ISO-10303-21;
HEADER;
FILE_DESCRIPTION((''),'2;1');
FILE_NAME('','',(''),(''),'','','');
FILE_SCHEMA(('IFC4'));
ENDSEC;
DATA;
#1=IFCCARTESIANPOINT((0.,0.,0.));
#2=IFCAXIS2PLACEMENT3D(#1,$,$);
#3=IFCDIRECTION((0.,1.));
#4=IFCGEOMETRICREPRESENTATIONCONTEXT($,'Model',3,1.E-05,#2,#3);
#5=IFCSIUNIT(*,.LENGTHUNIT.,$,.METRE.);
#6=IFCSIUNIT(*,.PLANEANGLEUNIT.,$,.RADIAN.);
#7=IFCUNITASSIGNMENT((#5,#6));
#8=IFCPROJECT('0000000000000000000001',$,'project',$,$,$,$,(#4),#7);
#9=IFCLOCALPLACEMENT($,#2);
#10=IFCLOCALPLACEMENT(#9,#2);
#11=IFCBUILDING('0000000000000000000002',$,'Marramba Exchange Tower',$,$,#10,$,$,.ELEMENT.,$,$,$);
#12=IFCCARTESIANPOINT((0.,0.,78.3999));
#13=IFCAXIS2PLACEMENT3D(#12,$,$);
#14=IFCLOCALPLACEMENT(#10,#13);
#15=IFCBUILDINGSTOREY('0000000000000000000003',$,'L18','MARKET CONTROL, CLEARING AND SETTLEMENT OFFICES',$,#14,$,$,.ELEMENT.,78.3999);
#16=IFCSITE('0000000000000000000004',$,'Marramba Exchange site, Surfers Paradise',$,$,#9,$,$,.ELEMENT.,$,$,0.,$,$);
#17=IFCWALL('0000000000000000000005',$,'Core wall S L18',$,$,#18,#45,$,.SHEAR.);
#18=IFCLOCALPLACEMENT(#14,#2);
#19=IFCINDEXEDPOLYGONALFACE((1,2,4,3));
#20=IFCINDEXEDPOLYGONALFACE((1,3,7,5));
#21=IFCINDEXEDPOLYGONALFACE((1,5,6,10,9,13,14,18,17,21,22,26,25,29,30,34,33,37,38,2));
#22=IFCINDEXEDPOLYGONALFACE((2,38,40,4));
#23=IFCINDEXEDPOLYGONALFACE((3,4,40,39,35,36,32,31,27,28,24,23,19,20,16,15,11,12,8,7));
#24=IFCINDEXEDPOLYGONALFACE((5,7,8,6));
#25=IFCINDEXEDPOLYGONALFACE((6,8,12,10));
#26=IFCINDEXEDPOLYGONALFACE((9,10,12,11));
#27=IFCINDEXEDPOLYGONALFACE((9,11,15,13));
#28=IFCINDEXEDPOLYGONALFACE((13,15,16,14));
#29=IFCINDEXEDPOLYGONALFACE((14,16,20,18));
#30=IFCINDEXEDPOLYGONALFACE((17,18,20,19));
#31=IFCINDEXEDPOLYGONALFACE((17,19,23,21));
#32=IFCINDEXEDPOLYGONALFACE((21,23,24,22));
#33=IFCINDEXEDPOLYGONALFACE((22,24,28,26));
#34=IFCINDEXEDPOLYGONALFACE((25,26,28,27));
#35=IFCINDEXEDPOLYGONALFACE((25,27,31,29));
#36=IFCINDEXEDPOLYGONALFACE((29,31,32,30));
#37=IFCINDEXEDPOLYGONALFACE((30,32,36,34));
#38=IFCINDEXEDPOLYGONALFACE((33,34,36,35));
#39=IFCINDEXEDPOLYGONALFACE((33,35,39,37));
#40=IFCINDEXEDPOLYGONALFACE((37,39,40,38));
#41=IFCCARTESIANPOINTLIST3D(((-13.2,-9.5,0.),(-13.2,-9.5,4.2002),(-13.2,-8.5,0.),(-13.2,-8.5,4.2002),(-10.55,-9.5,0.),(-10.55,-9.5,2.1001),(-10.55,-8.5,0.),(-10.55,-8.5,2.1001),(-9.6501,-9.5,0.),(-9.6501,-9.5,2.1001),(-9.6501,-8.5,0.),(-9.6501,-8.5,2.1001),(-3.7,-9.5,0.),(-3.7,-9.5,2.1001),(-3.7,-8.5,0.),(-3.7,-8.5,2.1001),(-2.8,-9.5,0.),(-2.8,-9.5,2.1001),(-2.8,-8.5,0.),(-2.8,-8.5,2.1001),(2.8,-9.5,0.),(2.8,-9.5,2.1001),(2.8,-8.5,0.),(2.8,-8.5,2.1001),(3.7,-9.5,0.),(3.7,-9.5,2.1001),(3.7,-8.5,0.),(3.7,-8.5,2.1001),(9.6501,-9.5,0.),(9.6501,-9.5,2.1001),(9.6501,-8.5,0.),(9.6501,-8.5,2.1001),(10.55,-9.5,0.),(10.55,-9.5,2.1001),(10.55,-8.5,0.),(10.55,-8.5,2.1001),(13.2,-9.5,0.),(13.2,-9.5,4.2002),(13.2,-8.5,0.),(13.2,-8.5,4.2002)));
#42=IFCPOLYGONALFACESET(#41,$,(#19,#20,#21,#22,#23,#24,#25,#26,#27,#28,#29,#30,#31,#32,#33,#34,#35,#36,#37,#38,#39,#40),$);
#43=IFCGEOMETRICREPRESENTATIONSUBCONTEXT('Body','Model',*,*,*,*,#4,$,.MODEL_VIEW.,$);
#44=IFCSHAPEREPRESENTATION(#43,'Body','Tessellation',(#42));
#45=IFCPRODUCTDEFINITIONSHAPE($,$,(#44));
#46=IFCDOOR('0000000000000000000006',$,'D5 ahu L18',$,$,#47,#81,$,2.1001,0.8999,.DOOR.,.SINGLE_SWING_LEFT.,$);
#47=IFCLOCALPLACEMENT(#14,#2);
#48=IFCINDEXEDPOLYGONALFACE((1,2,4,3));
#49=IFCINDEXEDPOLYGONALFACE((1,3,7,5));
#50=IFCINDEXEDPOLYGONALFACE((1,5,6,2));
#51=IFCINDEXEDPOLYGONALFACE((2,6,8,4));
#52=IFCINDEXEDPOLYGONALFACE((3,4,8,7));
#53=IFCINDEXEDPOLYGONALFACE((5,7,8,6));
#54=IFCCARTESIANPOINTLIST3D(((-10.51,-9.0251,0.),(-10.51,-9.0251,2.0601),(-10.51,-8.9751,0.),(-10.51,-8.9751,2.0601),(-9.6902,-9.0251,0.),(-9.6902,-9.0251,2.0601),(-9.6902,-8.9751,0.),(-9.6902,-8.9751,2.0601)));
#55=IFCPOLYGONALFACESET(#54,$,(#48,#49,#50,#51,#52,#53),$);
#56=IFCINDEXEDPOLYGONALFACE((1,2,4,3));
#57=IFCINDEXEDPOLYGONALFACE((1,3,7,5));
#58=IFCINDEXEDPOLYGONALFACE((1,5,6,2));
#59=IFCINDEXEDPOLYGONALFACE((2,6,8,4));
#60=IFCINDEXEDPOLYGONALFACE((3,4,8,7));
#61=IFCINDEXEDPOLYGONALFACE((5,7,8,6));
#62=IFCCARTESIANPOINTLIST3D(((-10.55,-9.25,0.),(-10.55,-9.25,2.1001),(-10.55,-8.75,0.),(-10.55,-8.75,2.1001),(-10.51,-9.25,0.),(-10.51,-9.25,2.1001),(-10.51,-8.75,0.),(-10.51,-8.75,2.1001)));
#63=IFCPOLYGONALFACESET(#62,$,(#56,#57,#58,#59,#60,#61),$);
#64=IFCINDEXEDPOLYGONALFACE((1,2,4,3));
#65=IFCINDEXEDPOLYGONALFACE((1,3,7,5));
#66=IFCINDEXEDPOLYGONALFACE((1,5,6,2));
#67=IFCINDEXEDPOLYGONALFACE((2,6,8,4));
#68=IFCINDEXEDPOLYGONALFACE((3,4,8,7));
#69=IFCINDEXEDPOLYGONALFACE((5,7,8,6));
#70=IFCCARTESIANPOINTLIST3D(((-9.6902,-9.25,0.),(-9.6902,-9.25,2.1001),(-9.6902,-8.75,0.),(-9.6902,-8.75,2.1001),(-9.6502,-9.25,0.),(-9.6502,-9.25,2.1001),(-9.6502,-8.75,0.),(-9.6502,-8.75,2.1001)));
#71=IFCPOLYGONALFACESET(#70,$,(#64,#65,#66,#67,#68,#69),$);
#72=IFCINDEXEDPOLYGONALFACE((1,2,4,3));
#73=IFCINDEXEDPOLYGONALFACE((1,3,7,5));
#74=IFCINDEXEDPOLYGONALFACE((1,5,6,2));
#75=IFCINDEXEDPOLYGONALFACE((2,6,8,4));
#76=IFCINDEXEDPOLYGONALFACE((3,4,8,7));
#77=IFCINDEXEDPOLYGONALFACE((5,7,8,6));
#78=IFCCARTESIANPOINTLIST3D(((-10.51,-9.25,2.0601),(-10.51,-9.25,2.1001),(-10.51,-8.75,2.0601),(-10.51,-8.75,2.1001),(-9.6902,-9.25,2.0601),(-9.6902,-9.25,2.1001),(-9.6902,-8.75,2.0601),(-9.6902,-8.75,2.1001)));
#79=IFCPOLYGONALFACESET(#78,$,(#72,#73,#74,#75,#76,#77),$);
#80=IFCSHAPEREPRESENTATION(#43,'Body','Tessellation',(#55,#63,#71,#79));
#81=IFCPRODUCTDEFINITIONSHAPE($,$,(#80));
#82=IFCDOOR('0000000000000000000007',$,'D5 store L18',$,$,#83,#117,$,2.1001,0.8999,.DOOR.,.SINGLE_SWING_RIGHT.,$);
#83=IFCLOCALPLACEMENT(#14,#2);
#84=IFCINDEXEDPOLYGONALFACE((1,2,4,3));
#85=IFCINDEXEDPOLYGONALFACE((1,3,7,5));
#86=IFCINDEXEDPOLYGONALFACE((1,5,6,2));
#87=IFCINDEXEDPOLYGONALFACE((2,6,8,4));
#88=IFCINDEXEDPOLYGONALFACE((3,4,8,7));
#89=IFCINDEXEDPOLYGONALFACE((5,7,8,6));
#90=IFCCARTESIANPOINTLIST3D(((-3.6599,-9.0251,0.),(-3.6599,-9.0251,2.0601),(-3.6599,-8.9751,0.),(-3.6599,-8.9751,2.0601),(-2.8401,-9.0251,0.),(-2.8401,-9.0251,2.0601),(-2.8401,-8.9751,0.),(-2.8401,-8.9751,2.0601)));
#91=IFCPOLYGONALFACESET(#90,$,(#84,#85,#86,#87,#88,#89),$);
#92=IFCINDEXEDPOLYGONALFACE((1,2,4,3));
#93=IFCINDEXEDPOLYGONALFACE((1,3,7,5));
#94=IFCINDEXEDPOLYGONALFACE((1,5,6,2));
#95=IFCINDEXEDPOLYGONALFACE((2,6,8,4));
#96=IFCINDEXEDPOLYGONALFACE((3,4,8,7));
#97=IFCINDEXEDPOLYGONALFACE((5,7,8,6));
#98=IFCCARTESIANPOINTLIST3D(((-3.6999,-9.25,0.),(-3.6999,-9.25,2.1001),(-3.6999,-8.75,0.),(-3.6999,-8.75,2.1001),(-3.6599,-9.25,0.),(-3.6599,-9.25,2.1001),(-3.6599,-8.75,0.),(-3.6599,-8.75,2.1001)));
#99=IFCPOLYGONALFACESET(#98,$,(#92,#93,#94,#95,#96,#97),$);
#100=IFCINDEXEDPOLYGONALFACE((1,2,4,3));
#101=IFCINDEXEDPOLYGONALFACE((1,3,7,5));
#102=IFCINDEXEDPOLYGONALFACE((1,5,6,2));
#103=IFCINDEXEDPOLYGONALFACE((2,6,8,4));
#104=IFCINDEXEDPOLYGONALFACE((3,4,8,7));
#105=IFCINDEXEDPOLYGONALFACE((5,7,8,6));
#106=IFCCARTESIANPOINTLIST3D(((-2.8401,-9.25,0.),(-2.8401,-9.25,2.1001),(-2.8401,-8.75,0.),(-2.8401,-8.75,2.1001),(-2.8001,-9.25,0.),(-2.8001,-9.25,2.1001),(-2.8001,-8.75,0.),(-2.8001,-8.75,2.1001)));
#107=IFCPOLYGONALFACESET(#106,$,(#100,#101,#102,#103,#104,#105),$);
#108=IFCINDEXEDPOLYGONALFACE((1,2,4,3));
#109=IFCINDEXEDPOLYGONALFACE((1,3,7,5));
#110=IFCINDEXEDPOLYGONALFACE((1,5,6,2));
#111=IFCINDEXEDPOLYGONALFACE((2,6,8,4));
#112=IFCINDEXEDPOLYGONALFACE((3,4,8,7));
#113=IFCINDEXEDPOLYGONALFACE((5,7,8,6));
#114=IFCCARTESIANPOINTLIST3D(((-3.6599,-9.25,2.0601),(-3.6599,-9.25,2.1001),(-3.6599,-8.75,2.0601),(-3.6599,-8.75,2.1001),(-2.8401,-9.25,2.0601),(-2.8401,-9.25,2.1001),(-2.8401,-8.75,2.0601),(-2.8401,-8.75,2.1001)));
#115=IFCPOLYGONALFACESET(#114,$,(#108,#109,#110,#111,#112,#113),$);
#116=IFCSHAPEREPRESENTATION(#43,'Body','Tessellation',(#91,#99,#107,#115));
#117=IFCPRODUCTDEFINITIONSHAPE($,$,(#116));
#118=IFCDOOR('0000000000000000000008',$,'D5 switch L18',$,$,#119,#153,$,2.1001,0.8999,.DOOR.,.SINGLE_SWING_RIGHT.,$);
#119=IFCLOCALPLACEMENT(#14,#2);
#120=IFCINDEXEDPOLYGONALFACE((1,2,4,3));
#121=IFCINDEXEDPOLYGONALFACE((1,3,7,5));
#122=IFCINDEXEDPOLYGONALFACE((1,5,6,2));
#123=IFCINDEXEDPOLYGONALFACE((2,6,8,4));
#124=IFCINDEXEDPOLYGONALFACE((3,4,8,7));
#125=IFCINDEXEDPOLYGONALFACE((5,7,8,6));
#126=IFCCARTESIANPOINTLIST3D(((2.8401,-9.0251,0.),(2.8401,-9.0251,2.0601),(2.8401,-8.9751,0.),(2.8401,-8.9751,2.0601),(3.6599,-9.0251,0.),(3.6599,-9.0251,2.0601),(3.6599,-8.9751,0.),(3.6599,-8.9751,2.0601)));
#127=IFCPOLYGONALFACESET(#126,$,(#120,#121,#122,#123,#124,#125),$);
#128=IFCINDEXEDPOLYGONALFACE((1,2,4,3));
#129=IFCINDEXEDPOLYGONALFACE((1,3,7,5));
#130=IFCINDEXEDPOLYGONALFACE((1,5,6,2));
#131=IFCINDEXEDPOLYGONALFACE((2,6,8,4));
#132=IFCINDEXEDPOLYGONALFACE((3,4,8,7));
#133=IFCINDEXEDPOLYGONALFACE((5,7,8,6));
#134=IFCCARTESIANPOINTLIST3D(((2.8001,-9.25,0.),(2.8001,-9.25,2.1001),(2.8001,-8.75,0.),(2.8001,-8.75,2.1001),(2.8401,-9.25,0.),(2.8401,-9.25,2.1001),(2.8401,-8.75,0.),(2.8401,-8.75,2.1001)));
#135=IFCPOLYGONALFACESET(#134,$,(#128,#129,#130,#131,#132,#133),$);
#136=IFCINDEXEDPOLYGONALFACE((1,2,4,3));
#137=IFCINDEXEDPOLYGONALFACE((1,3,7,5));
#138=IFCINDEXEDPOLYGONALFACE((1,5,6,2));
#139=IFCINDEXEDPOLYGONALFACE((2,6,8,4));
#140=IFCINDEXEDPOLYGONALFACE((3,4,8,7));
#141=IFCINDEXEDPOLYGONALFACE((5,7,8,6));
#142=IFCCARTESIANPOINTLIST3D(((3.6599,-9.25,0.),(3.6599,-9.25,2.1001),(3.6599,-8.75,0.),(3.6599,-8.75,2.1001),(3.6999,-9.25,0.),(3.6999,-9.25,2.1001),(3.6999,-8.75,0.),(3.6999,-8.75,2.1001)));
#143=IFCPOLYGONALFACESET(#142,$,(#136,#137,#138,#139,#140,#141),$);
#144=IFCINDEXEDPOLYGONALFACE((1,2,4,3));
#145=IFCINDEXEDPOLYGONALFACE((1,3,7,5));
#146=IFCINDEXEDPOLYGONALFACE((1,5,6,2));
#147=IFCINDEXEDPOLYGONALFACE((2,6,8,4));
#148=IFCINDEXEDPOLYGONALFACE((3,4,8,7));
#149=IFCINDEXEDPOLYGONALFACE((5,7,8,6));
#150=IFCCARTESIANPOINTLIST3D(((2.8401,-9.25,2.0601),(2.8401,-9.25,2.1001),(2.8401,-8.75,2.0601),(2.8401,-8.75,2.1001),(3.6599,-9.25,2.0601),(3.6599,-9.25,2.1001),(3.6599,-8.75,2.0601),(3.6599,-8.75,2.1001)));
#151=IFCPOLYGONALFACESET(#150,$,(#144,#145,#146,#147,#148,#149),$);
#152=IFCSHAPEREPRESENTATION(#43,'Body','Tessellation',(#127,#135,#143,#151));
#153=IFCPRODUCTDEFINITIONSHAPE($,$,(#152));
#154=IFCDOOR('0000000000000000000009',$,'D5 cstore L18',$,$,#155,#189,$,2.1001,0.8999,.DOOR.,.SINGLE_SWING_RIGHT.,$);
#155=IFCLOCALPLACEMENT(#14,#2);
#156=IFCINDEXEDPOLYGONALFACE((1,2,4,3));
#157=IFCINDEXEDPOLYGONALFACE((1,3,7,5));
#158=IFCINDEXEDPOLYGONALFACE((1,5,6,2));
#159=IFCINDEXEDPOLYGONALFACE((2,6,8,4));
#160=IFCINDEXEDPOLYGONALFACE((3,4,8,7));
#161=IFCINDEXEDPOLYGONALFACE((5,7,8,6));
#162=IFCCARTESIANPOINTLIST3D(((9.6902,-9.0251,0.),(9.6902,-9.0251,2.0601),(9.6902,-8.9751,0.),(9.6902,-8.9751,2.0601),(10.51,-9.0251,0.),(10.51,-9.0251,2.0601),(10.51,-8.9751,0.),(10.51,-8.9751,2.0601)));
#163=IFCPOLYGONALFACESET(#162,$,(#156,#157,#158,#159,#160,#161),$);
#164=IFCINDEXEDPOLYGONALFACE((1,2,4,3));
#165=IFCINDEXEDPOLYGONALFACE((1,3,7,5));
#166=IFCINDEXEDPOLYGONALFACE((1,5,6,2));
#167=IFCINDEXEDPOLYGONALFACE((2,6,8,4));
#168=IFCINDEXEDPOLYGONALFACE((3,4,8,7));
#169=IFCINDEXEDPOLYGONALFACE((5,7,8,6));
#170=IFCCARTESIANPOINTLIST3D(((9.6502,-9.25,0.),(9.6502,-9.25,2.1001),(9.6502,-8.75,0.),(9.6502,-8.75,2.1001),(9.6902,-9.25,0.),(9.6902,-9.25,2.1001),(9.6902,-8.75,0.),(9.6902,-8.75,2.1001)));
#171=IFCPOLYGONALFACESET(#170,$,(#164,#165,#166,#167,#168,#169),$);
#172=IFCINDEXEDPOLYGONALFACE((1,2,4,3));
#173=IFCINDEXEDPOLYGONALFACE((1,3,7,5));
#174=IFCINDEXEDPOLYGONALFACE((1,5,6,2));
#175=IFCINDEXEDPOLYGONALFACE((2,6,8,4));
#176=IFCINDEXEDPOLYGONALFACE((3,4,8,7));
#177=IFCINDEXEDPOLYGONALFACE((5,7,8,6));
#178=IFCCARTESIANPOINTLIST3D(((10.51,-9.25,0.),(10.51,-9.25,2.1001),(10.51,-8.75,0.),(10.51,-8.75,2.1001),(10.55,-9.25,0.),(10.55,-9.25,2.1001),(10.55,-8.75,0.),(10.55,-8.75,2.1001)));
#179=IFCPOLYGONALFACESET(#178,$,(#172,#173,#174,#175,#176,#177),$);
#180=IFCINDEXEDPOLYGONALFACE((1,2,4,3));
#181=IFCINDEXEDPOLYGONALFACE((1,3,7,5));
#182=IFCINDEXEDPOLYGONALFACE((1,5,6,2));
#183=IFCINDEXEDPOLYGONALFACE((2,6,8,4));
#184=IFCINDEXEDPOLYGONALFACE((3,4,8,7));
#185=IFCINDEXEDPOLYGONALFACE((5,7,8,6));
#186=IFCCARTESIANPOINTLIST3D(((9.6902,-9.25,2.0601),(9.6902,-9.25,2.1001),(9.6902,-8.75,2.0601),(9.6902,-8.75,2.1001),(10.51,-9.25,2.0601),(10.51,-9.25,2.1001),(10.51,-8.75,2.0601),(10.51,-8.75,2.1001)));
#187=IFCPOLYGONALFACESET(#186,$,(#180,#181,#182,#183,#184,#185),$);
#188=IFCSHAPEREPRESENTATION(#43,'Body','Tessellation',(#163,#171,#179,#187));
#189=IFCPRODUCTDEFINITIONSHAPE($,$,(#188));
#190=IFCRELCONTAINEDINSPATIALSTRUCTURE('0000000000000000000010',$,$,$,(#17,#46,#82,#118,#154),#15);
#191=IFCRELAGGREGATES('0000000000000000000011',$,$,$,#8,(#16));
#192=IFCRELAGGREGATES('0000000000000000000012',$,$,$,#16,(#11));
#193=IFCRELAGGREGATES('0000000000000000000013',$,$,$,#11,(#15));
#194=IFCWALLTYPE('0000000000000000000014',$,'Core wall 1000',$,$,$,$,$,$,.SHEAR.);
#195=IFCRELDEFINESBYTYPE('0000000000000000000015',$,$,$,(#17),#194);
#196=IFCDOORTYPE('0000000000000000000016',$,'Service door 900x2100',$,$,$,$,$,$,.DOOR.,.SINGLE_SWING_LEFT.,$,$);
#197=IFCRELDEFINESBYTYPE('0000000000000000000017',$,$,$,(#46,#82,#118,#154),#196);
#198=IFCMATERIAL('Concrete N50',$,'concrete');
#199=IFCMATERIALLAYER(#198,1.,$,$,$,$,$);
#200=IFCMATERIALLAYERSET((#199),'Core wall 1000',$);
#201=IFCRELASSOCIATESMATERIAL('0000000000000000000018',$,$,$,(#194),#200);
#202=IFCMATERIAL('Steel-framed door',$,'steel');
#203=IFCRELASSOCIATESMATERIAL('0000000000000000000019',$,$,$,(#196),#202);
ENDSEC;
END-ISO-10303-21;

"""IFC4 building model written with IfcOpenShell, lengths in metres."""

from ifc_helpers import new_model, si_unit, direction, frame, frame_2d, origin, place, context, subcontext, project, spatial, rectangle, extrude, material, layer, layer_set, type_object, element, fill, save


model = new_model("IFC4")

# Units and contexts
model_context = context("Model", 3, precision=1e-05, world=origin(), true_north=direction((0.0, 1.0)))
body_context = subcontext(model_context, "Body", "Model", "MODEL_VIEW")
ifc_project = project(units=[si_unit("LENGTHUNIT", "METRE"), si_unit("PLANEANGLEUNIT", "RADIAN")], contexts=[model_context])

# Site, building, storey
site_placement = place(None, origin())
site = spatial("IfcSite", under=ifc_project, at=site_placement, Name="Marramba Exchange site, Surfers Paradise", CompositionType="ELEMENT", RefElevation=0.0)
building_placement = place(site_placement, origin())
building = spatial("IfcBuilding", under=site, at=building_placement, Name="Marramba Exchange Tower", CompositionType="ELEMENT")
storey_placement = place(building_placement, frame((0.0, 0.0, 78.3999)))
storey = spatial("IfcBuildingStorey", under=building, at=storey_placement, Name="L18", Description="MARKET CONTROL, CLEARING AND SETTLEMENT OFFICES", CompositionType="ELEMENT", Elevation=78.3999)

# Shared definitions
ifc_material_1 = material(Name="Concrete N50", Category="concrete")

# Wall, openings, doors
ifc_layer_1 = layer(ifc_material_1, 1.0)
ifc_layer_set_1 = layer_set([ifc_layer_1], Name="Core wall 1000")
wall_type_1 = type_object("IfcWallType", Name="Core wall 1000", PredefinedType="SHEAR", material=ifc_layer_set_1)
wall_1_placement = place(storey_placement, frame((-13.2, -9.0, 0.0), z_axis=(0.0, 0.0, 1.0), x_axis=(1.0, 0.0, 0.0)))
wall_1 = element("IfcWall", 1, at=wall_1_placement, inside=storey, type_object=wall_type_1, Name="Core wall S L18", PredefinedType="SHEAR", context=body_context, shape_type="SweptSolid", body=[
    extrude(rectangle(XDim=26.3999, YDim=1.0, at=frame_2d((13.2, 0.0))), origin(), (0.0, 0.0, 1.0), 4.2002),
])
opening_1_placement = place(wall_1_placement, frame((2.6499, 0.0, 0.0)))
opening_1 = element("IfcOpeningElement", 2, at=opening_1_placement, cuts=wall_1, PredefinedType="OPENING", context=body_context, shape_type="SweptSolid", body=[
    extrude(rectangle(XDim=0.8999, YDim=2.1001, at=frame_2d((0.45, 1.05))), frame((0.0, 0.51, 0.0), z_axis=(0.0, -1.0, 0.0), x_axis=(1.0, 0.0, 0.0)), (0.0, 0.0, 1.0), 1.02),
])
opening_2_placement = place(wall_1_placement, frame((9.5, 0.0, 0.0)))
opening_2 = element("IfcOpeningElement", 3, at=opening_2_placement, cuts=wall_1, PredefinedType="OPENING", context=body_context, shape_type="SweptSolid", body=[
    extrude(rectangle(XDim=0.8999, YDim=2.1001, at=frame_2d((0.45, 1.05))), frame((0.0, 0.51, 0.0), z_axis=(0.0, -1.0, 0.0), x_axis=(1.0, 0.0, 0.0)), (0.0, 0.0, 1.0), 1.02),
])
opening_3_placement = place(wall_1_placement, frame((16.0, 0.0, 0.0)))
opening_3 = element("IfcOpeningElement", 4, at=opening_3_placement, cuts=wall_1, PredefinedType="OPENING", context=body_context, shape_type="SweptSolid", body=[
    extrude(rectangle(XDim=0.8999, YDim=2.1001, at=frame_2d((0.45, 1.05))), frame((0.0, 0.51, 0.0), z_axis=(0.0, -1.0, 0.0), x_axis=(1.0, 0.0, 0.0)), (0.0, 0.0, 1.0), 1.02),
])
opening_4_placement = place(wall_1_placement, frame((22.8501, 0.0, 0.0)))
opening_4 = element("IfcOpeningElement", 5, at=opening_4_placement, cuts=wall_1, PredefinedType="OPENING", context=body_context, shape_type="SweptSolid", body=[
    extrude(rectangle(XDim=0.8999, YDim=2.1001, at=frame_2d((0.45, 1.05))), frame((0.0, 0.51, 0.0), z_axis=(0.0, -1.0, 0.0), x_axis=(1.0, 0.0, 0.0)), (0.0, 0.0, 1.0), 1.02),
])
ifc_material_2 = material(Name="Steel-framed door", Category="steel")
door_type = type_object("IfcDoorType", Name="Service door 900x2100", OperationType="SINGLE_SWING_LEFT", PredefinedType="DOOR", material=ifc_material_2)
door_1_placement = place(opening_1_placement, origin())
door_1 = element("IfcDoor", 6, at=door_1_placement, inside=storey, type_object=door_type, Name="D5 ahu L18", OperationType="SINGLE_SWING_LEFT", OverallHeight=2.1001, OverallWidth=0.8999, PredefinedType="DOOR", context=body_context, shape_type="SweptSolid", body=[
    extrude(rectangle(XDim=0.8198, YDim=2.0601, at=frame_2d((0.45, 1.03))), frame((0.0, 0.0249, 0.0), z_axis=(0.0, -1.0, 0.0), x_axis=(1.0, 0.0, 0.0)), (0.0, 0.0, 1.0), 0.05),
    extrude(rectangle(XDim=0.04, YDim=2.1001, at=frame_2d((0.02, 1.05))), frame((0.0, 0.25, 0.0), z_axis=(0.0, -1.0, 0.0), x_axis=(1.0, 0.0, 0.0)), (0.0, 0.0, 1.0), 0.5),
    extrude(rectangle(XDim=0.04, YDim=2.1001, at=frame_2d((0.8799, 1.05))), frame((0.0, 0.25, 0.0), z_axis=(0.0, -1.0, 0.0), x_axis=(1.0, 0.0, 0.0)), (0.0, 0.0, 1.0), 0.5),
    extrude(rectangle(XDim=0.8198, YDim=0.04, at=frame_2d((0.45, 2.0801))), frame((0.0, 0.25, 0.0), z_axis=(0.0, -1.0, 0.0), x_axis=(1.0, 0.0, 0.0)), (0.0, 0.0, 1.0), 0.5),
])
fill(opening_1, door_1)
door_2_placement = place(opening_2_placement, origin())
door_2 = element("IfcDoor", 7, at=door_2_placement, inside=storey, type_object=door_type, Name="D5 store L18", OperationType="SINGLE_SWING_RIGHT", OverallHeight=2.1001, OverallWidth=0.8999, PredefinedType="DOOR", context=body_context, shape_type="SweptSolid", body=[
    extrude(rectangle(XDim=0.8198, YDim=2.0601, at=frame_2d((0.45, 1.03))), frame((0.0, 0.0249, 0.0), z_axis=(0.0, -1.0, 0.0), x_axis=(1.0, 0.0, 0.0)), (0.0, 0.0, 1.0), 0.05),
    extrude(rectangle(XDim=0.04, YDim=2.1001, at=frame_2d((0.02, 1.05))), frame((0.0, 0.25, 0.0), z_axis=(0.0, -1.0, 0.0), x_axis=(1.0, 0.0, 0.0)), (0.0, 0.0, 1.0), 0.5),
    extrude(rectangle(XDim=0.04, YDim=2.1001, at=frame_2d((0.8799, 1.05))), frame((0.0, 0.25, 0.0), z_axis=(0.0, -1.0, 0.0), x_axis=(1.0, 0.0, 0.0)), (0.0, 0.0, 1.0), 0.5),
    extrude(rectangle(XDim=0.8198, YDim=0.04, at=frame_2d((0.45, 2.0801))), frame((0.0, 0.25, 0.0), z_axis=(0.0, -1.0, 0.0), x_axis=(1.0, 0.0, 0.0)), (0.0, 0.0, 1.0), 0.5),
])
fill(opening_2, door_2)
door_3_placement = place(opening_3_placement, origin())
door_3 = element("IfcDoor", 8, at=door_3_placement, inside=storey, type_object=door_type, Name="D5 switch L18", OperationType="SINGLE_SWING_RIGHT", OverallHeight=2.1001, OverallWidth=0.8999, PredefinedType="DOOR", context=body_context, shape_type="SweptSolid", body=[
    extrude(rectangle(XDim=0.8198, YDim=2.0601, at=frame_2d((0.45, 1.03))), frame((0.0, 0.0249, 0.0), z_axis=(0.0, -1.0, 0.0), x_axis=(1.0, 0.0, 0.0)), (0.0, 0.0, 1.0), 0.05),
    extrude(rectangle(XDim=0.04, YDim=2.1001, at=frame_2d((0.02, 1.05))), frame((0.0, 0.25, 0.0), z_axis=(0.0, -1.0, 0.0), x_axis=(1.0, 0.0, 0.0)), (0.0, 0.0, 1.0), 0.5),
    extrude(rectangle(XDim=0.04, YDim=2.1001, at=frame_2d((0.8799, 1.05))), frame((0.0, 0.25, 0.0), z_axis=(0.0, -1.0, 0.0), x_axis=(1.0, 0.0, 0.0)), (0.0, 0.0, 1.0), 0.5),
    extrude(rectangle(XDim=0.8198, YDim=0.04, at=frame_2d((0.45, 2.0801))), frame((0.0, 0.25, 0.0), z_axis=(0.0, -1.0, 0.0), x_axis=(1.0, 0.0, 0.0)), (0.0, 0.0, 1.0), 0.5),
])
fill(opening_3, door_3)
door_4_placement = place(opening_4_placement, origin())
door_4 = element("IfcDoor", 9, at=door_4_placement, inside=storey, type_object=door_type, Name="D5 cstore L18", OperationType="SINGLE_SWING_RIGHT", OverallHeight=2.1001, OverallWidth=0.8999, PredefinedType="DOOR", context=body_context, shape_type="SweptSolid", body=[
    extrude(rectangle(XDim=0.8198, YDim=2.0601, at=frame_2d((0.45, 1.03))), frame((0.0, 0.0249, 0.0), z_axis=(0.0, -1.0, 0.0), x_axis=(1.0, 0.0, 0.0)), (0.0, 0.0, 1.0), 0.05),
    extrude(rectangle(XDim=0.04, YDim=2.1001, at=frame_2d((0.02, 1.05))), frame((0.0, 0.25, 0.0), z_axis=(0.0, -1.0, 0.0), x_axis=(1.0, 0.0, 0.0)), (0.0, 0.0, 1.0), 0.5),
    extrude(rectangle(XDim=0.04, YDim=2.1001, at=frame_2d((0.8799, 1.05))), frame((0.0, 0.25, 0.0), z_axis=(0.0, -1.0, 0.0), x_axis=(1.0, 0.0, 0.0)), (0.0, 0.0, 1.0), 0.5),
    extrude(rectangle(XDim=0.8198, YDim=0.04, at=frame_2d((0.45, 2.0801))), frame((0.0, 0.25, 0.0), z_axis=(0.0, -1.0, 0.0), x_axis=(1.0, 0.0, 0.0)), (0.0, 0.0, 1.0), 0.5),
])
fill(opening_4, door_4)

save(model, "model.ifc")
